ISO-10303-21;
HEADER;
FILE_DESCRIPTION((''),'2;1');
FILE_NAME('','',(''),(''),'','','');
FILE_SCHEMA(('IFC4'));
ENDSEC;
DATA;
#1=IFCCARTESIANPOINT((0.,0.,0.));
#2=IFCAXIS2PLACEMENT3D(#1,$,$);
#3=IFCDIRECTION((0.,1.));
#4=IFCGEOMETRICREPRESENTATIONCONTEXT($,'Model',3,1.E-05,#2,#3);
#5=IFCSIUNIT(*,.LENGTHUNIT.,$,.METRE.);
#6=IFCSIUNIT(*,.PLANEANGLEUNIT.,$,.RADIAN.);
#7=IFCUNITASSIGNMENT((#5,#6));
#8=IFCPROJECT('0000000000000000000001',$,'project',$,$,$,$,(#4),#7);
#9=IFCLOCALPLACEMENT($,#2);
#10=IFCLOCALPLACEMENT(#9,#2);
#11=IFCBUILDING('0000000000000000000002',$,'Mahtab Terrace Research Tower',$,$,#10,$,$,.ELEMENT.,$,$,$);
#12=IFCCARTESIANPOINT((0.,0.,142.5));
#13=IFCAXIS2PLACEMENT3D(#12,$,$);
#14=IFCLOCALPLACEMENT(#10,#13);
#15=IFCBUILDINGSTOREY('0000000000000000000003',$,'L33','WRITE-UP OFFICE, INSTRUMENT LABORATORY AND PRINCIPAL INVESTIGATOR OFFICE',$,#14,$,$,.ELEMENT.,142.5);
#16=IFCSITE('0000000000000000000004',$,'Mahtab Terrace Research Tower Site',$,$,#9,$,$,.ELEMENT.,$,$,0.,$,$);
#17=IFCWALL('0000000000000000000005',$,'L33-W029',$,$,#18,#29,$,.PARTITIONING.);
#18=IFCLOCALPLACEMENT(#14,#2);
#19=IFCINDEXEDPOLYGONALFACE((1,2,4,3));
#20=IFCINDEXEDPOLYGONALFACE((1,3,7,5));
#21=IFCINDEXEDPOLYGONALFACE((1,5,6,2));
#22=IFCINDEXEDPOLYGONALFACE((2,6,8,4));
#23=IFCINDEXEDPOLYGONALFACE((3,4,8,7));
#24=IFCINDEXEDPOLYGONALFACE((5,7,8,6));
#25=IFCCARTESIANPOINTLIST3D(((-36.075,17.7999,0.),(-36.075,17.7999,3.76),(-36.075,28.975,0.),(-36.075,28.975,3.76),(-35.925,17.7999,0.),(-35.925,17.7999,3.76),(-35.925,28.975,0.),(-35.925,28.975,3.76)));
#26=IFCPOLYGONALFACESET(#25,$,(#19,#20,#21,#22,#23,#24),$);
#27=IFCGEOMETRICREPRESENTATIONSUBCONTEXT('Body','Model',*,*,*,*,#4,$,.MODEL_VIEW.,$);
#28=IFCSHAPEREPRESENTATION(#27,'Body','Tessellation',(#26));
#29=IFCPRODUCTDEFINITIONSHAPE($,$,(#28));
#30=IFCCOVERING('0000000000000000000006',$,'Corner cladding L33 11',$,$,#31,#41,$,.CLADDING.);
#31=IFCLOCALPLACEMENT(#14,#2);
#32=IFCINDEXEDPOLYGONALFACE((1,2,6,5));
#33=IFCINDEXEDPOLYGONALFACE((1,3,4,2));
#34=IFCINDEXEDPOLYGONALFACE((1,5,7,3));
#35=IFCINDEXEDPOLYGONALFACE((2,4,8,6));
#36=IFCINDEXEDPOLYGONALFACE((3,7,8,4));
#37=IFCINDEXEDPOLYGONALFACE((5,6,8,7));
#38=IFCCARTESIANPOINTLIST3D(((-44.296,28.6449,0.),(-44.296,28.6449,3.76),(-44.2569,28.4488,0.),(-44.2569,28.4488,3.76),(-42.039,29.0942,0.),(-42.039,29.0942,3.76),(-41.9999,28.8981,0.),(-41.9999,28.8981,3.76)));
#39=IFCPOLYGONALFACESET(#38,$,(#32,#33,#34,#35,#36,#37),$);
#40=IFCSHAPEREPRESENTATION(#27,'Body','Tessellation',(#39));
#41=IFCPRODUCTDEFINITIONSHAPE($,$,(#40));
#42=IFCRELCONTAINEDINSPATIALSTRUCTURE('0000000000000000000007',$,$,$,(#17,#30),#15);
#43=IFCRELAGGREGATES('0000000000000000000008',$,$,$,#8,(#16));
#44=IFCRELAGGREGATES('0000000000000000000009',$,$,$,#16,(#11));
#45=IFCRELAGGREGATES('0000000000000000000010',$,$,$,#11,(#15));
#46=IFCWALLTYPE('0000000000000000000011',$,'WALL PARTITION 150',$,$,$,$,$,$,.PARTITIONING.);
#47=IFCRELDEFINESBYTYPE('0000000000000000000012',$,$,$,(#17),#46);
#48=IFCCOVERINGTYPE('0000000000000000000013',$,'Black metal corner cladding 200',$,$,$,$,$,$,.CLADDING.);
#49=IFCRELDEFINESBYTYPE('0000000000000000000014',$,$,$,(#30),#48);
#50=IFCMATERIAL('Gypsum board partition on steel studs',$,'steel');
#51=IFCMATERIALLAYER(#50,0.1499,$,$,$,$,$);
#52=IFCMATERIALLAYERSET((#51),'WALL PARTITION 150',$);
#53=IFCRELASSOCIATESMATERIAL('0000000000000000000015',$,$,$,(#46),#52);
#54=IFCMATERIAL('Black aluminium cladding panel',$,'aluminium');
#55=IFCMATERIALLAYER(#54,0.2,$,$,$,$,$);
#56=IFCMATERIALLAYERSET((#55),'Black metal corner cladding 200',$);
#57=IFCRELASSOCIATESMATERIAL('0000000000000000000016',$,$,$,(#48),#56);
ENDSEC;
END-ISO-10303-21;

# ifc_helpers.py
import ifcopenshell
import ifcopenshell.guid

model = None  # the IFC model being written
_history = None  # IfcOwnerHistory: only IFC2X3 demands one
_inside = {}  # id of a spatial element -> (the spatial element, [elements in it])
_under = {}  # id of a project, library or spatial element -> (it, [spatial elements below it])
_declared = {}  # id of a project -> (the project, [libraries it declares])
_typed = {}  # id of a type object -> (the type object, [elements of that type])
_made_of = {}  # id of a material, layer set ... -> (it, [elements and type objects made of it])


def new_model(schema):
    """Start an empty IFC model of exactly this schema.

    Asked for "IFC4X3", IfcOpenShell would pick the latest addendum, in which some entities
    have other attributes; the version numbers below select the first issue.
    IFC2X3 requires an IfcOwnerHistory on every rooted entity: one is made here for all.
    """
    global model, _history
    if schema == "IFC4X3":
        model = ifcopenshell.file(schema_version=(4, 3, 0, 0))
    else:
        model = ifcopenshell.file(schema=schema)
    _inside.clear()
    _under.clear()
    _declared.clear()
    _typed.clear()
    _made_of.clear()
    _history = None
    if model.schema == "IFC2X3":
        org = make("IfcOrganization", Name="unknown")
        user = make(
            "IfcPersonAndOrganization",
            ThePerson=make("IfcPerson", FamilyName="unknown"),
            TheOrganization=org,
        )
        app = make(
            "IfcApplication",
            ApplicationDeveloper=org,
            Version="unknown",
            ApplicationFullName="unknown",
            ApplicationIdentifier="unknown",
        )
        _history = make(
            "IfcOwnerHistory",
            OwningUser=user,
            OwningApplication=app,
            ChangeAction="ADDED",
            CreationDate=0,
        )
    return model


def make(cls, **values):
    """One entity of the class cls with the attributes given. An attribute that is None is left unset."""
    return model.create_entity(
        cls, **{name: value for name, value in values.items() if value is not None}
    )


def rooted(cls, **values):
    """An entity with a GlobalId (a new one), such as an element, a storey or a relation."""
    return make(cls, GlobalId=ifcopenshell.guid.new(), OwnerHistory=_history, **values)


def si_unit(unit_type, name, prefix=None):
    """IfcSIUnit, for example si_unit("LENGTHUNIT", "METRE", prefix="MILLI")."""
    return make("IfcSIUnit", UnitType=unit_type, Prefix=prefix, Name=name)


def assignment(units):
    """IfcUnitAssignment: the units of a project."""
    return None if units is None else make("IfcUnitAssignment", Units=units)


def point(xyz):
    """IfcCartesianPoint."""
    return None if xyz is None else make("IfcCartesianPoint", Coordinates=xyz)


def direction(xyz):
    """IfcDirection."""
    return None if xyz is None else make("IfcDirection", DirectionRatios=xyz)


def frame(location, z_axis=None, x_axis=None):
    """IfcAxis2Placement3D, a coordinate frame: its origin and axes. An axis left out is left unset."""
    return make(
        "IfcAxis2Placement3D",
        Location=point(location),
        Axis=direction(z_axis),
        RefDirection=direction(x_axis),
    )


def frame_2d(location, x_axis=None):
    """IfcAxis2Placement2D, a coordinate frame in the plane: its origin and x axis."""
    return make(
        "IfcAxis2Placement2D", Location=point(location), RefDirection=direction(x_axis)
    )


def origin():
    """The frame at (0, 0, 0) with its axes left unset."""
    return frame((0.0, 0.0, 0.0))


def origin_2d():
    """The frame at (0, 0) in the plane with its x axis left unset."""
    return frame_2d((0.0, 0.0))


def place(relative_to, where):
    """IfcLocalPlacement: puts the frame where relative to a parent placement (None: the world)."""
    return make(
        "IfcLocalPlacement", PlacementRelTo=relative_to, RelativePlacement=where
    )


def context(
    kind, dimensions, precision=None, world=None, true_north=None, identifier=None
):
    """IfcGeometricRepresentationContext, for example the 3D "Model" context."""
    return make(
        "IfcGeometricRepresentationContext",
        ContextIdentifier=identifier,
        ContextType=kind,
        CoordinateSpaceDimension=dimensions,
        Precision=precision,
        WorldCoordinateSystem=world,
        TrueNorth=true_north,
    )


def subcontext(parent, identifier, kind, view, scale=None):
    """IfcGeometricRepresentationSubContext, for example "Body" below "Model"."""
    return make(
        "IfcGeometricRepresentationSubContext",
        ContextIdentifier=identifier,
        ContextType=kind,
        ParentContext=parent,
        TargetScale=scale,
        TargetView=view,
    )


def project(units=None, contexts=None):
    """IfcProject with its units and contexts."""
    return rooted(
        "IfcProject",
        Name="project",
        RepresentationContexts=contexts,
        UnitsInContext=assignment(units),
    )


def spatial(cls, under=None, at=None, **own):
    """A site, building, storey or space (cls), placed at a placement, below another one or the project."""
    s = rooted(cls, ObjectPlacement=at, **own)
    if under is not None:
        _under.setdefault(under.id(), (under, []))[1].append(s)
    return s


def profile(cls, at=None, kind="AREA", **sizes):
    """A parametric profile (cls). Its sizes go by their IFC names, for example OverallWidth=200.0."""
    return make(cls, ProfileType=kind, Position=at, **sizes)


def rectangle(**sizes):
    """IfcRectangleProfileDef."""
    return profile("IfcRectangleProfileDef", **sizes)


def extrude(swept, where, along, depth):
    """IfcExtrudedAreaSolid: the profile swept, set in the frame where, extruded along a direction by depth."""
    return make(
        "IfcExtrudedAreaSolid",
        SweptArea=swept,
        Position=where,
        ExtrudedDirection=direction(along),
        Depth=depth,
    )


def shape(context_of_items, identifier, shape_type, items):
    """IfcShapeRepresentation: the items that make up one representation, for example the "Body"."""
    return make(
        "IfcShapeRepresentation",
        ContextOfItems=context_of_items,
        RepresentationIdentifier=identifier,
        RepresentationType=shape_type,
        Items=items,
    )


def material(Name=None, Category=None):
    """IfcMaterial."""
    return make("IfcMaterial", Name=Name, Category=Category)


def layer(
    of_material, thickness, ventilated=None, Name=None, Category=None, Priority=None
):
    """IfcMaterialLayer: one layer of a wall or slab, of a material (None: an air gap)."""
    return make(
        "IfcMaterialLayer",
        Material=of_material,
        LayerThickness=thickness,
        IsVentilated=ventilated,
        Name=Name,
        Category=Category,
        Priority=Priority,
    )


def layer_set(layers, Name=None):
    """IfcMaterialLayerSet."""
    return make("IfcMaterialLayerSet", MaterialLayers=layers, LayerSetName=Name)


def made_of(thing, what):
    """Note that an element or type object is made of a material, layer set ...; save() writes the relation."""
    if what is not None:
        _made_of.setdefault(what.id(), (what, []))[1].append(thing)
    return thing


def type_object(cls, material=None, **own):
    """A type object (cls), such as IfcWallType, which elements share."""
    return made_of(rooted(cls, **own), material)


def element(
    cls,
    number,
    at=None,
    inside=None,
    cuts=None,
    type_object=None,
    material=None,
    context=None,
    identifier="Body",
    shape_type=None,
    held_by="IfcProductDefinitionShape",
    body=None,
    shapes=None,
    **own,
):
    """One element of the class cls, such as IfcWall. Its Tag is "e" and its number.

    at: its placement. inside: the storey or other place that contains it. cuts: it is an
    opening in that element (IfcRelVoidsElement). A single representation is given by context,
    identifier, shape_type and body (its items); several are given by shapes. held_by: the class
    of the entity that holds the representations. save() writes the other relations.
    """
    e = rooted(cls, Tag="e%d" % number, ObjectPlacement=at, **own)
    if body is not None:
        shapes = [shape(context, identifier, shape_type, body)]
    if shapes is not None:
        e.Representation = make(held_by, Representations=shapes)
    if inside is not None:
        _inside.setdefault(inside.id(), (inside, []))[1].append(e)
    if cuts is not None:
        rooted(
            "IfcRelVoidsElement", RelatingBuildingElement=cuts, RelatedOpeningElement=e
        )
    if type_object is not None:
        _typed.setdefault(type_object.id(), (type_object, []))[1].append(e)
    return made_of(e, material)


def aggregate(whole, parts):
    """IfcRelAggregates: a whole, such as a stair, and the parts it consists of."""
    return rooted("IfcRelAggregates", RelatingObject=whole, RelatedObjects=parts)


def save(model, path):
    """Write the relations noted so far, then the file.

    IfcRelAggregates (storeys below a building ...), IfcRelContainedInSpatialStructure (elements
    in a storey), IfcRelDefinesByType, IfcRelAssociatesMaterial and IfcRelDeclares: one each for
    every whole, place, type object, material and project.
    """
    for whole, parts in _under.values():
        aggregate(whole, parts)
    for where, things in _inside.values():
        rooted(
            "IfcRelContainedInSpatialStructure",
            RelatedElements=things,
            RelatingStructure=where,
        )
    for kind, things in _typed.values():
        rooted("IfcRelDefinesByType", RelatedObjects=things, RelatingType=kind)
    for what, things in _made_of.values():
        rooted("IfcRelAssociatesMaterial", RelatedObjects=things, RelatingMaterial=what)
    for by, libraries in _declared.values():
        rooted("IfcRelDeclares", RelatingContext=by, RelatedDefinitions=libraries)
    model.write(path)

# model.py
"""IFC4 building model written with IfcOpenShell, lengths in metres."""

from ifc_helpers import new_model, si_unit, direction, frame, frame_2d, origin, origin_2d, place, context, subcontext, project, spatial, rectangle, extrude, material, layer, layer_set, type_object, element, save


model = new_model("IFC4")

# Units and contexts
model_context = context("Model", 3, precision=1e-05, world=origin(), true_north=direction((0.0, 1.0)))
body_context = subcontext(model_context, "Body", "Model", "MODEL_VIEW")
ifc_project = project(units=[si_unit("LENGTHUNIT", "METRE"), si_unit("PLANEANGLEUNIT", "RADIAN")], contexts=[model_context])

# Site, building, storey
site_placement = place(None, origin())
site = spatial("IfcSite", under=ifc_project, at=site_placement, Name="Mahtab Terrace Research Tower Site", CompositionType="ELEMENT", RefElevation=0.0)
building_placement = place(site_placement, origin())
building = spatial("IfcBuilding", under=site, at=building_placement, Name="Mahtab Terrace Research Tower", CompositionType="ELEMENT")
storey_placement = place(building_placement, frame((0.0, 0.0, 142.5)))
storey = spatial("IfcBuildingStorey", under=building, at=storey_placement, Name="L33", Description="WRITE-UP OFFICE, INSTRUMENT LABORATORY AND PRINCIPAL INVESTIGATOR OFFICE", CompositionType="ELEMENT", Elevation=142.5)

# Wall
ifc_material_1 = material(Name="Gypsum board partition on steel studs", Category="steel")
ifc_layer_1 = layer(ifc_material_1, 0.1499)
ifc_layer_set_1 = layer_set([ifc_layer_1], Name="WALL PARTITION 150")
wall_type = type_object("IfcWallType", Name="WALL PARTITION 150", PredefinedType="PARTITIONING", material=ifc_layer_set_1)
for number, where, z_axis, x_axis, name in (
    (1, (-36.0, 17.8, 0.0), (0.0, 0.0, 1.0), (0.0, 1.0, 0.0), "L33-W029"),
):
    element("IfcWall", number, at=place(storey_placement, frame(where, z_axis=z_axis, x_axis=x_axis)), inside=storey, type_object=wall_type, Name=name, PredefinedType="PARTITIONING", context=body_context, shape_type="SweptSolid", body=[
        extrude(rectangle(XDim=11.175, YDim=0.1499, at=frame_2d((5.5874, 0.0))), origin(), (0.0, 0.0, 1.0), 3.76),
    ])

# Covering
ifc_material_2 = material(Name="Black aluminium cladding panel", Category="aluminium")
ifc_layer_2 = layer(ifc_material_2, 0.2)
ifc_layer_set_2 = layer_set([ifc_layer_2], Name="Black metal corner cladding 200")
covering_type = type_object("IfcCoveringType", Name="Black metal corner cladding 200", PredefinedType="CLADDING", material=ifc_layer_set_2)
covering_placement = place(storey_placement, frame((-43.1479, 28.7715, 0.0), z_axis=(0.0, 0.0, 1.0), x_axis=(-0.980761, -0.195212, 0.0)))
element("IfcCovering", 2, at=covering_placement, inside=storey, type_object=covering_type, Name="Corner cladding L33 11", PredefinedType="CLADDING", context=body_context, shape_type="SweptSolid", body=[
    extrude(rectangle(XDim=2.3013, YDim=0.2, at=origin_2d()), origin(), (0.0, 0.0, 1.0), 3.76),
])

save(model, "model.ifc")
